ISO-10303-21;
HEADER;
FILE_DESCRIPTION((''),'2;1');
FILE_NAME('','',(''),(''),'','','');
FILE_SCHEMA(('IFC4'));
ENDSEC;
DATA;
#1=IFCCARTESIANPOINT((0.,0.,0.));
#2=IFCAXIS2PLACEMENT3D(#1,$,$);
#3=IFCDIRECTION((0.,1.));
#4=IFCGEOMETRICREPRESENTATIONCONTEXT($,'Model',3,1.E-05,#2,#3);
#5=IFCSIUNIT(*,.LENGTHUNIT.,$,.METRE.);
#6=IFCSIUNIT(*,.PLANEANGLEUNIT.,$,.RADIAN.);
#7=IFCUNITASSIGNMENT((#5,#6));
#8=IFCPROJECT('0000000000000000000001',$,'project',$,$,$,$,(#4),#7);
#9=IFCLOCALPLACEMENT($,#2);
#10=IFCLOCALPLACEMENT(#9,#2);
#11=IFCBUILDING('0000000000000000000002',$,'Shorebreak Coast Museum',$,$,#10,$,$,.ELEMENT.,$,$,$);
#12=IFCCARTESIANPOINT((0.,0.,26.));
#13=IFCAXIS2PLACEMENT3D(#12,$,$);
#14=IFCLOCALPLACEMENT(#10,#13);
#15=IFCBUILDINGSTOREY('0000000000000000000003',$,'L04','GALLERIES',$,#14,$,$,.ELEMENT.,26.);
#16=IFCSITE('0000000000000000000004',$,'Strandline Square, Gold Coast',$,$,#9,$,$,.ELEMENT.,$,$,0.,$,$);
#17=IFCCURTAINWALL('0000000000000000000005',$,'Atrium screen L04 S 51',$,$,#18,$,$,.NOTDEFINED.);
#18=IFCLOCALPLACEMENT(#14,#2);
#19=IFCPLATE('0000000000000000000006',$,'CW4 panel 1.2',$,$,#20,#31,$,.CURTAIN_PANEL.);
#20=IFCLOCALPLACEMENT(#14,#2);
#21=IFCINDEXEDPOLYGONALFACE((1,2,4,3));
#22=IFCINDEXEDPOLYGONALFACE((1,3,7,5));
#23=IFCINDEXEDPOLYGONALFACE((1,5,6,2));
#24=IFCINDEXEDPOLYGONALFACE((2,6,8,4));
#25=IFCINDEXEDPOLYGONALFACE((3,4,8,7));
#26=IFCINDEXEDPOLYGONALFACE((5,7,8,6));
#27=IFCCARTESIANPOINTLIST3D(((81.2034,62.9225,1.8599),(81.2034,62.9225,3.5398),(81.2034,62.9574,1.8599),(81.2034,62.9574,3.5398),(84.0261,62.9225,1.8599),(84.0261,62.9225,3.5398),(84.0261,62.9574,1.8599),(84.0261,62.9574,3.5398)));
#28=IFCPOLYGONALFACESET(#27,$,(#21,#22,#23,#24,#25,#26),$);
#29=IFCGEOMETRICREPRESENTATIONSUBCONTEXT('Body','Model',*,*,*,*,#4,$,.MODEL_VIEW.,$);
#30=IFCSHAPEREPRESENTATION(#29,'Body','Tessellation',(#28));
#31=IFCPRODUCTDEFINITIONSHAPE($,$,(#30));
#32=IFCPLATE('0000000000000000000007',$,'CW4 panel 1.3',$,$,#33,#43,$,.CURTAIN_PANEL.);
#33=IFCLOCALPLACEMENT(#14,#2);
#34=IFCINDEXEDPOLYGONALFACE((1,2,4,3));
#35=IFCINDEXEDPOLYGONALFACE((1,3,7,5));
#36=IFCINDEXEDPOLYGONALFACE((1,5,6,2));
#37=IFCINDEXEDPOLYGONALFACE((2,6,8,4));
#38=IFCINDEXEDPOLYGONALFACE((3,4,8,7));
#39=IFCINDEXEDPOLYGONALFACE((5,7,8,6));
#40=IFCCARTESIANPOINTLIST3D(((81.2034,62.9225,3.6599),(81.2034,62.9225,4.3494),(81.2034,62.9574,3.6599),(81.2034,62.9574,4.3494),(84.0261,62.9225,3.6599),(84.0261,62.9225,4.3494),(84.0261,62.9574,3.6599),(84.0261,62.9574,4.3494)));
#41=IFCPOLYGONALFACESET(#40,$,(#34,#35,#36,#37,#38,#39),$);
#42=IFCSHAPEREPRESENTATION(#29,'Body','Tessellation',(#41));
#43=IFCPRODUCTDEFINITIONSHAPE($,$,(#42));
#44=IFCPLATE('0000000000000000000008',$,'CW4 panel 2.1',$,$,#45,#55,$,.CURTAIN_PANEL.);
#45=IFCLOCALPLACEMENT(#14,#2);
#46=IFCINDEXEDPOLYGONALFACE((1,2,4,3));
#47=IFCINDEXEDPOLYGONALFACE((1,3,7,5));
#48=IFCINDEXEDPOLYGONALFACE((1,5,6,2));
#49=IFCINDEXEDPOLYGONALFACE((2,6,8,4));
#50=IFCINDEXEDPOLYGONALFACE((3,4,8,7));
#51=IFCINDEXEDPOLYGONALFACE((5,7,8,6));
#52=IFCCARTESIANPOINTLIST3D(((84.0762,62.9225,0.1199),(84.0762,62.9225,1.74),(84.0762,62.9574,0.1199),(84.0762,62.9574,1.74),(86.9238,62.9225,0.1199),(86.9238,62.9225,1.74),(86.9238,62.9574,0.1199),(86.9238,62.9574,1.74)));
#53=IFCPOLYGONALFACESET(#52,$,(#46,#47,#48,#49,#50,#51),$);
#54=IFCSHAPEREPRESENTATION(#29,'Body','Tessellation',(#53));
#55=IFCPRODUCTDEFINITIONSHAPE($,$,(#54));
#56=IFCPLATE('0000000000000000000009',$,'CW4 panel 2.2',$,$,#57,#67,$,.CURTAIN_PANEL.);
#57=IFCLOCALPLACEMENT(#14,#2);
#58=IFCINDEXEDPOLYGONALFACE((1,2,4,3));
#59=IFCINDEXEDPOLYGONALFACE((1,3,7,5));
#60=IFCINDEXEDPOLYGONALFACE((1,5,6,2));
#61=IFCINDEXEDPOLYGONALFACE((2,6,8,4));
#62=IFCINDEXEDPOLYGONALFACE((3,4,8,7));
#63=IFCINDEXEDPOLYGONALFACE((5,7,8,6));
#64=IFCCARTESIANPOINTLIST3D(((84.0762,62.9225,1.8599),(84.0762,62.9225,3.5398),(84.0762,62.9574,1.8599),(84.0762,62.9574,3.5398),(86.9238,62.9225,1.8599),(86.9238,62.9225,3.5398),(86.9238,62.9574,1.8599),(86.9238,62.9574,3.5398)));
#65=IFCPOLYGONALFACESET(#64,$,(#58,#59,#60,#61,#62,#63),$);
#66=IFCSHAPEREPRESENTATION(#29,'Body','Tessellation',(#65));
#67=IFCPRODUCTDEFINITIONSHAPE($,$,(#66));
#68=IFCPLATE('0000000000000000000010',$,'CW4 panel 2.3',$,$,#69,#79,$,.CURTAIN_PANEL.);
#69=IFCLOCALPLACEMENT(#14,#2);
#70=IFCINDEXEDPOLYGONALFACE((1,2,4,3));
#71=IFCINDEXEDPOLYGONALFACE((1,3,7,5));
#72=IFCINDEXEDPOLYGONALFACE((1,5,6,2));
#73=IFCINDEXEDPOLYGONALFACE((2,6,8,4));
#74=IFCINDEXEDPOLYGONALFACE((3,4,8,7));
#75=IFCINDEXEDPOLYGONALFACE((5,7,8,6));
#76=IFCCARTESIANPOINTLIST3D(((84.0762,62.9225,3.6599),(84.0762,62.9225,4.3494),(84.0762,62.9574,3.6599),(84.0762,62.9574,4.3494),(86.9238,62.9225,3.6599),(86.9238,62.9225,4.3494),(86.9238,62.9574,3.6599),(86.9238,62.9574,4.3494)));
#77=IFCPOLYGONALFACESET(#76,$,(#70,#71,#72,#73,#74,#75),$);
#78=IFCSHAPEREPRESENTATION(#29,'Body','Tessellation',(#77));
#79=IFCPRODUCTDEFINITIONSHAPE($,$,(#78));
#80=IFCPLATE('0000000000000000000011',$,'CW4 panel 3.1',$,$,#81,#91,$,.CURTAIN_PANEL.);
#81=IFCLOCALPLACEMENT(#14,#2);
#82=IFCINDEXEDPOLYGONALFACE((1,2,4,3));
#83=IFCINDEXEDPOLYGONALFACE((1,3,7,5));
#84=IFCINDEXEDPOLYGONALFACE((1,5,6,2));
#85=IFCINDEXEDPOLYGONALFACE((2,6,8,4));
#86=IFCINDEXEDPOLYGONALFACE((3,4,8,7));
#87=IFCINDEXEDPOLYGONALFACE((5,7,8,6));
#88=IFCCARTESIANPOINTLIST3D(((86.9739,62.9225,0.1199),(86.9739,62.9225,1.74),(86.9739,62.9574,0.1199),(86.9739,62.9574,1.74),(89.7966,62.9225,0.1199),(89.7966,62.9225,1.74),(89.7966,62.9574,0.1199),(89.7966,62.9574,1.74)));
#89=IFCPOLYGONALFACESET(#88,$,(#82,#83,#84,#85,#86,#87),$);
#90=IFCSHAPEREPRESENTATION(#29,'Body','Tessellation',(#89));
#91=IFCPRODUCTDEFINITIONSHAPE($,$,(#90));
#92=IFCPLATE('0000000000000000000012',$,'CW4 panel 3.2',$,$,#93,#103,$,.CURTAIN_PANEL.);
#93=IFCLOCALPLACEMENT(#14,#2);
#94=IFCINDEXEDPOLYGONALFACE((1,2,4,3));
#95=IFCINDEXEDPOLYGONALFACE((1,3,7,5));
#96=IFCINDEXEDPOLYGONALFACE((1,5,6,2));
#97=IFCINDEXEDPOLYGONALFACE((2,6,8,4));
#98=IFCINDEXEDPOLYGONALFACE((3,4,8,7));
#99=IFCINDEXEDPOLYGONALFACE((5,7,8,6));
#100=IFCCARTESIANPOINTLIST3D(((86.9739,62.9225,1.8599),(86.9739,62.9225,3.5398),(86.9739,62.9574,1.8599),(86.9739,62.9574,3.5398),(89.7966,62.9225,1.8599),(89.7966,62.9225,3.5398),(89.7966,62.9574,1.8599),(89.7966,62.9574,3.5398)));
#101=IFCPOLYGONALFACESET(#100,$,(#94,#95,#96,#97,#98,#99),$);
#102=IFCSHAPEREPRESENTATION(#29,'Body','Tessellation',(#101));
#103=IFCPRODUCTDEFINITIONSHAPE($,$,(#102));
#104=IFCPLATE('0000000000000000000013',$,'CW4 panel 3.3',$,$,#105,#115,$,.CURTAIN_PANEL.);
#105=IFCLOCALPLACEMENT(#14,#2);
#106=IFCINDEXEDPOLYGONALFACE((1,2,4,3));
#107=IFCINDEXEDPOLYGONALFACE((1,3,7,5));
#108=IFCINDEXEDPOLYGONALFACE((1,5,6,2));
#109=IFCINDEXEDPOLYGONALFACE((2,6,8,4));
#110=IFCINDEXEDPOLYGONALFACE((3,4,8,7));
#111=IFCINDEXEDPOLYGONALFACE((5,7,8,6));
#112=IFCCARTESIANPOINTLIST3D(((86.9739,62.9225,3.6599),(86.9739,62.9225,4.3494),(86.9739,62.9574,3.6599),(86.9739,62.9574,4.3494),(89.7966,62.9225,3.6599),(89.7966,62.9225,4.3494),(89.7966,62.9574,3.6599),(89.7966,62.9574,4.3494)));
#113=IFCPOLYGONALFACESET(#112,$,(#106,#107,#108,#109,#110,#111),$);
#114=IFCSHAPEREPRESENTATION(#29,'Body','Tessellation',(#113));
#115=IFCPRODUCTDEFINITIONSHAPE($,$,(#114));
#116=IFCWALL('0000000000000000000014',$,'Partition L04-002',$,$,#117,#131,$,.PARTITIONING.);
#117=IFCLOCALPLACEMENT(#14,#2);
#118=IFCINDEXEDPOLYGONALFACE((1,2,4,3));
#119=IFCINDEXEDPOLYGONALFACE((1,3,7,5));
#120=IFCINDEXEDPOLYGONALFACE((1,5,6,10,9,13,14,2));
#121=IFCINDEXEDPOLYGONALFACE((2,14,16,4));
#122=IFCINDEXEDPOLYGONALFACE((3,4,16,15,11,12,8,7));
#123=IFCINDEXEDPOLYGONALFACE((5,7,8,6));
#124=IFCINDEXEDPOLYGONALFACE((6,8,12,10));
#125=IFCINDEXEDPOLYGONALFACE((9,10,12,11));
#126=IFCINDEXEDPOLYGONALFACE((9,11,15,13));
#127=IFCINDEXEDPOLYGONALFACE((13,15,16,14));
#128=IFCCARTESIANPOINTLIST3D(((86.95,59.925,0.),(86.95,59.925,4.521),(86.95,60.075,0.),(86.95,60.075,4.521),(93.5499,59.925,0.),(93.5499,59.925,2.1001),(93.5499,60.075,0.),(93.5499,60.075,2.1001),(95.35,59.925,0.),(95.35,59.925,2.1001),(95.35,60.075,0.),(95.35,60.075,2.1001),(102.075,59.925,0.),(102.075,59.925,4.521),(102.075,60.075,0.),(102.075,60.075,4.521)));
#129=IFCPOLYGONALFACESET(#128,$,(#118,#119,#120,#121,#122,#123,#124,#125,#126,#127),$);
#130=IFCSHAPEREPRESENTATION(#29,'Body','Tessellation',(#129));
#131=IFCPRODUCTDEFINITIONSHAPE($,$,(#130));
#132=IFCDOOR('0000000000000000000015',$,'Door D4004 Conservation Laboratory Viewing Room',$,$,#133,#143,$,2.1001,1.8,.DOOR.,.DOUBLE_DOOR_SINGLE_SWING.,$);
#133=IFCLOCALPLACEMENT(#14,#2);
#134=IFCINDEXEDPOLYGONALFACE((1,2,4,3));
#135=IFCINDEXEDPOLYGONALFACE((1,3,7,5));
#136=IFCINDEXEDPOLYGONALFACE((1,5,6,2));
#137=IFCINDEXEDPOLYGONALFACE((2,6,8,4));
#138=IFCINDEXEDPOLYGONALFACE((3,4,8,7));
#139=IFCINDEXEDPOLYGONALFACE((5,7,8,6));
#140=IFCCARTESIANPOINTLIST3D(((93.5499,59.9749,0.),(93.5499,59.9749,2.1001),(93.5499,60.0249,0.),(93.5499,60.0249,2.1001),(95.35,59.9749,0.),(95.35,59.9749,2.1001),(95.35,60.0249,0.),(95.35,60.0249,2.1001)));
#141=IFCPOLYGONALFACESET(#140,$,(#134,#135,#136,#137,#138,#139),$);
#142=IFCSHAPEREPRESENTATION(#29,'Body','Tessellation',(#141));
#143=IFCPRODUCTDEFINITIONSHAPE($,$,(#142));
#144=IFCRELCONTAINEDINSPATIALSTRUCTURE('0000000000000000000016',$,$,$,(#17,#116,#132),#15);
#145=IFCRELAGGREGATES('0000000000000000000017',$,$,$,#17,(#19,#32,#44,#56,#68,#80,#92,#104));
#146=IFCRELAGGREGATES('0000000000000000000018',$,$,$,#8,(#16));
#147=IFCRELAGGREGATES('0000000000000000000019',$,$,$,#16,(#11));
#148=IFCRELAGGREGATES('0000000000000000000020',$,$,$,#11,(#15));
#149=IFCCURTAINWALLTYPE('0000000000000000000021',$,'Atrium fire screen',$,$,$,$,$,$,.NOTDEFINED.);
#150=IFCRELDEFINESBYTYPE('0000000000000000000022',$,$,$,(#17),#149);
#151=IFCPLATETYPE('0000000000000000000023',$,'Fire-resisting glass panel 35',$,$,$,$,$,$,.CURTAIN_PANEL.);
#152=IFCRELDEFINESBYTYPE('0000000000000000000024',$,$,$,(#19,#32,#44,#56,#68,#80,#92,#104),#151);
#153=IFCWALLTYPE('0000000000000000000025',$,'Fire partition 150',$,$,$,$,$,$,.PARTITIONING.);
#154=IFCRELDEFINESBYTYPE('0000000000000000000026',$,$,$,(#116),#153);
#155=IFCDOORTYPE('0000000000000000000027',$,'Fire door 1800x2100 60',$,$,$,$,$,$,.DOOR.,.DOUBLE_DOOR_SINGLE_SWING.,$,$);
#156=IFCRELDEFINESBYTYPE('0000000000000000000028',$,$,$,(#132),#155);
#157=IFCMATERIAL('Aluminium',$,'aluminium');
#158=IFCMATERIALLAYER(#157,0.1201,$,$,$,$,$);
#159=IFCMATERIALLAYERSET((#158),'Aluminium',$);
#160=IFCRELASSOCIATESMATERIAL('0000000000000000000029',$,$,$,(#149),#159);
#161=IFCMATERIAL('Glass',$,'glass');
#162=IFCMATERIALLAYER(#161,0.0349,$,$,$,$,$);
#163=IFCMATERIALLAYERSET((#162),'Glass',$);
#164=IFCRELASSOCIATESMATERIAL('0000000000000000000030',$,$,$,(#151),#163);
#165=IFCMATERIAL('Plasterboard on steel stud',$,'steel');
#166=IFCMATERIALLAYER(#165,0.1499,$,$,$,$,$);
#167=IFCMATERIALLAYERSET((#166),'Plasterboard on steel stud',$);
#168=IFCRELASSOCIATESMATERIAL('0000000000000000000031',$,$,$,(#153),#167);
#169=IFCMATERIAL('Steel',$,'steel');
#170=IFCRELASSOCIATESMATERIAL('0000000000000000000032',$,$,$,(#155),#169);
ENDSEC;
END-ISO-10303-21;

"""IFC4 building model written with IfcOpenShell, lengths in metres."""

from ifc_helpers import new_model, si_unit, direction, frame, frame_2d, origin, origin_2d, place, context, subcontext, project, spatial, rectangle, extrude, material, layer, layer_set, type_object, element, fill, aggregate, save


model = new_model("IFC4")

# Units and contexts
model_context = context("Model", 3, precision=1e-05, world=origin(), true_north=direction((0.0, 1.0)))
body_context = subcontext(model_context, "Body", "Model", "MODEL_VIEW")
ifc_project = project(units=[si_unit("LENGTHUNIT", "METRE"), si_unit("PLANEANGLEUNIT", "RADIAN")], contexts=[model_context])

# Site, building, storey
site_placement = place(None, origin())
site = spatial("IfcSite", under=ifc_project, at=site_placement, Name="Strandline Square, Gold Coast", CompositionType="ELEMENT", RefElevation=0.0)
building_placement = place(site_placement, origin())
building = spatial("IfcBuilding", under=site, at=building_placement, Name="Shorebreak Coast Museum", CompositionType="ELEMENT")
storey_placement = place(building_placement, frame((0.0, 0.0, 26.0)))
storey = spatial("IfcBuildingStorey", under=building, at=storey_placement, Name="L04", Description="GALLERIES", CompositionType="ELEMENT", Elevation=26.0)

# Curtain wall
ifc_material_1 = material(Name="Aluminium", Category="aluminium")
ifc_layer_1 = layer(ifc_material_1, 0.1201)
ifc_layer_set_1 = layer_set([ifc_layer_1], Name="Aluminium")
curtain_wall_type = type_object("IfcCurtainWallType", Name="Atrium fire screen", PredefinedType="NOTDEFINED", material=ifc_layer_set_1)
curtain_wall_1_placement = place(storey_placement, origin())
curtain_wall_1 = element("IfcCurtainWall", 1, at=curtain_wall_1_placement, inside=storey, type_object=curtain_wall_type, Name="Atrium screen L04 S 51", PredefinedType="NOTDEFINED")

# Plates
ifc_material_2 = material(Name="Glass", Category="glass")
ifc_layer_2 = layer(ifc_material_2, 0.0349)
ifc_layer_set_2 = layer_set([ifc_layer_2], Name="Glass")
plate_type = type_object("IfcPlateType", Name="Fire-resisting glass panel 35", PredefinedType="CURTAIN_PANEL", material=ifc_layer_set_2)
plate_1_placement = place(storey_placement, frame((82.6147, 62.9399, 1.8599), z_axis=(0.0, 0.0, 1.0), x_axis=(1.0, 0.0, 0.0)))
plate_1 = element("IfcPlate", 2, at=plate_1_placement, type_object=plate_type, Name="CW4 panel 1.2", PredefinedType="CURTAIN_PANEL", context=body_context, shape_type="SweptSolid", body=[
    extrude(rectangle(XDim=2.8228, YDim=0.0349, at=origin_2d()), origin(), (0.0, 0.0, 1.0), 1.6799),
])
plate_2_placement = place(storey_placement, frame((82.6147, 62.9399, 3.6599), z_axis=(0.0, 0.0, 1.0), x_axis=(1.0, 0.0, 0.0)))
plate_2 = element("IfcPlate", 3, at=plate_2_placement, type_object=plate_type, Name="CW4 panel 1.3", PredefinedType="CURTAIN_PANEL", context=body_context, shape_type="SweptSolid", body=[
    extrude(rectangle(XDim=2.8228, YDim=0.0349, at=origin_2d()), origin(), (0.0, 0.0, 1.0), 0.6895),
])
plate_3_placement = place(storey_placement, frame((85.5, 62.9399, 0.1199), z_axis=(0.0, 0.0, 1.0), x_axis=(1.0, 0.0, 0.0)))
plate_3 = element("IfcPlate", 4, at=plate_3_placement, type_object=plate_type, Name="CW4 panel 2.1", PredefinedType="CURTAIN_PANEL", context=body_context, shape_type="SweptSolid", body=[
    extrude(rectangle(XDim=2.8477, YDim=0.0349, at=origin_2d()), origin(), (0.0, 0.0, 1.0), 1.6201),
])
plate_4_placement = place(storey_placement, frame((85.5, 62.9399, 1.8599), z_axis=(0.0, 0.0, 1.0), x_axis=(1.0, 0.0, 0.0)))
plate_4 = element("IfcPlate", 5, at=plate_4_placement, type_object=plate_type, Name="CW4 panel 2.2", PredefinedType="CURTAIN_PANEL", context=body_context, shape_type="SweptSolid", body=[
    extrude(rectangle(XDim=2.8477, YDim=0.0349, at=origin_2d()), origin(), (0.0, 0.0, 1.0), 1.6799),
])
plate_5_placement = place(storey_placement, frame((85.5, 62.9399, 3.6599), z_axis=(0.0, 0.0, 1.0), x_axis=(1.0, 0.0, 0.0)))
plate_5 = element("IfcPlate", 6, at=plate_5_placement, type_object=plate_type, Name="CW4 panel 2.3", PredefinedType="CURTAIN_PANEL", context=body_context, shape_type="SweptSolid", body=[
    extrude(rectangle(XDim=2.8477, YDim=0.0349, at=origin_2d()), origin(), (0.0, 0.0, 1.0), 0.6895),
])
plate_6_placement = place(storey_placement, frame((88.3853, 62.9399, 0.1199), z_axis=(0.0, 0.0, 1.0), x_axis=(1.0, 0.0, 0.0)))
plate_6 = element("IfcPlate", 7, at=plate_6_placement, type_object=plate_type, Name="CW4 panel 3.1", PredefinedType="CURTAIN_PANEL", context=body_context, shape_type="SweptSolid", body=[
    extrude(rectangle(XDim=2.8228, YDim=0.0349, at=origin_2d()), origin(), (0.0, 0.0, 1.0), 1.6201),
])
plate_7_placement = place(storey_placement, frame((88.3853, 62.9399, 1.8599), z_axis=(0.0, 0.0, 1.0), x_axis=(1.0, 0.0, 0.0)))
plate_7 = element("IfcPlate", 8, at=plate_7_placement, type_object=plate_type, Name="CW4 panel 3.2", PredefinedType="CURTAIN_PANEL", context=body_context, shape_type="SweptSolid", body=[
    extrude(rectangle(XDim=2.8228, YDim=0.0349, at=origin_2d()), origin(), (0.0, 0.0, 1.0), 1.6799),
])
plate_8_placement = place(storey_placement, frame((88.3853, 62.9399, 3.6599), z_axis=(0.0, 0.0, 1.0), x_axis=(1.0, 0.0, 0.0)))
plate_8 = element("IfcPlate", 9, at=plate_8_placement, type_object=plate_type, Name="CW4 panel 3.3", PredefinedType="CURTAIN_PANEL", context=body_context, shape_type="SweptSolid", body=[
    extrude(rectangle(XDim=2.8228, YDim=0.0349, at=origin_2d()), origin(), (0.0, 0.0, 1.0), 0.6895),
])
aggregate(curtain_wall_1, [plate_1, plate_2, plate_3, plate_4, plate_5, plate_6, plate_7, plate_8])

# Wall, opening, door
ifc_material_3 = material(Name="Plasterboard on steel stud", Category="steel")
ifc_layer_3 = layer(ifc_material_3, 0.1499)
ifc_layer_set_3 = layer_set([ifc_layer_3], Name="Plasterboard on steel stud")
wall_type = type_object("IfcWallType", Name="Fire partition 150", PredefinedType="PARTITIONING", material=ifc_layer_set_3)
wall_placement = place(storey_placement, frame((86.95, 60.0, 0.0), z_axis=(0.0, 0.0, 1.0), x_axis=(1.0, 0.0, 0.0)))
wall = element("IfcWall", 10, at=wall_placement, inside=storey, type_object=wall_type, Name="Partition L04-002", PredefinedType="PARTITIONING", context=body_context, shape_type="SweptSolid", body=[
    extrude(rectangle(XDim=15.125, YDim=0.1499, at=frame_2d((7.5625, 0.0))), origin(), (0.0, 0.0, 1.0), 4.521),
])
opening_placement = place(wall_placement, frame((6.6001, 0.0, 0.0)))
opening = element("IfcOpeningElement", 11, at=opening_placement, cuts=wall, PredefinedType="OPENING", context=body_context, shape_type="SweptSolid", body=[
    extrude(rectangle(XDim=1.8, YDim=2.1001, at=frame_2d((0.8999, 1.05))), frame((0.0, 0.085, 0.0), z_axis=(0.0, -1.0, 0.0), x_axis=(1.0, 0.0, 0.0)), (0.0, 0.0, 1.0), 0.1699),
])
ifc_material_4 = material(Name="Steel", Category="steel")
door_type = type_object("IfcDoorType", Name="Fire door 1800x2100 60", OperationType="DOUBLE_DOOR_SINGLE_SWING", PredefinedType="DOOR", material=ifc_material_4)
door_placement = place(opening_placement, origin())
door = element("IfcDoor", 12, at=door_placement, inside=storey, type_object=door_type, Name="Door D4004 Conservation Laboratory Viewing Room", OperationType="DOUBLE_DOOR_SINGLE_SWING", OverallHeight=2.1001, OverallWidth=1.8, PredefinedType="DOOR", context=body_context, shape_type="SweptSolid", body=[
    extrude(rectangle(XDim=1.8, YDim=2.1001, at=frame_2d((0.8999, 1.05))), frame((0.0, 0.0249, 0.0), z_axis=(0.0, -1.0, 0.0), x_axis=(1.0, 0.0, 0.0)), (0.0, 0.0, 1.0), 0.05),
])
fill(opening, door)

save(model, "model.ifc")
